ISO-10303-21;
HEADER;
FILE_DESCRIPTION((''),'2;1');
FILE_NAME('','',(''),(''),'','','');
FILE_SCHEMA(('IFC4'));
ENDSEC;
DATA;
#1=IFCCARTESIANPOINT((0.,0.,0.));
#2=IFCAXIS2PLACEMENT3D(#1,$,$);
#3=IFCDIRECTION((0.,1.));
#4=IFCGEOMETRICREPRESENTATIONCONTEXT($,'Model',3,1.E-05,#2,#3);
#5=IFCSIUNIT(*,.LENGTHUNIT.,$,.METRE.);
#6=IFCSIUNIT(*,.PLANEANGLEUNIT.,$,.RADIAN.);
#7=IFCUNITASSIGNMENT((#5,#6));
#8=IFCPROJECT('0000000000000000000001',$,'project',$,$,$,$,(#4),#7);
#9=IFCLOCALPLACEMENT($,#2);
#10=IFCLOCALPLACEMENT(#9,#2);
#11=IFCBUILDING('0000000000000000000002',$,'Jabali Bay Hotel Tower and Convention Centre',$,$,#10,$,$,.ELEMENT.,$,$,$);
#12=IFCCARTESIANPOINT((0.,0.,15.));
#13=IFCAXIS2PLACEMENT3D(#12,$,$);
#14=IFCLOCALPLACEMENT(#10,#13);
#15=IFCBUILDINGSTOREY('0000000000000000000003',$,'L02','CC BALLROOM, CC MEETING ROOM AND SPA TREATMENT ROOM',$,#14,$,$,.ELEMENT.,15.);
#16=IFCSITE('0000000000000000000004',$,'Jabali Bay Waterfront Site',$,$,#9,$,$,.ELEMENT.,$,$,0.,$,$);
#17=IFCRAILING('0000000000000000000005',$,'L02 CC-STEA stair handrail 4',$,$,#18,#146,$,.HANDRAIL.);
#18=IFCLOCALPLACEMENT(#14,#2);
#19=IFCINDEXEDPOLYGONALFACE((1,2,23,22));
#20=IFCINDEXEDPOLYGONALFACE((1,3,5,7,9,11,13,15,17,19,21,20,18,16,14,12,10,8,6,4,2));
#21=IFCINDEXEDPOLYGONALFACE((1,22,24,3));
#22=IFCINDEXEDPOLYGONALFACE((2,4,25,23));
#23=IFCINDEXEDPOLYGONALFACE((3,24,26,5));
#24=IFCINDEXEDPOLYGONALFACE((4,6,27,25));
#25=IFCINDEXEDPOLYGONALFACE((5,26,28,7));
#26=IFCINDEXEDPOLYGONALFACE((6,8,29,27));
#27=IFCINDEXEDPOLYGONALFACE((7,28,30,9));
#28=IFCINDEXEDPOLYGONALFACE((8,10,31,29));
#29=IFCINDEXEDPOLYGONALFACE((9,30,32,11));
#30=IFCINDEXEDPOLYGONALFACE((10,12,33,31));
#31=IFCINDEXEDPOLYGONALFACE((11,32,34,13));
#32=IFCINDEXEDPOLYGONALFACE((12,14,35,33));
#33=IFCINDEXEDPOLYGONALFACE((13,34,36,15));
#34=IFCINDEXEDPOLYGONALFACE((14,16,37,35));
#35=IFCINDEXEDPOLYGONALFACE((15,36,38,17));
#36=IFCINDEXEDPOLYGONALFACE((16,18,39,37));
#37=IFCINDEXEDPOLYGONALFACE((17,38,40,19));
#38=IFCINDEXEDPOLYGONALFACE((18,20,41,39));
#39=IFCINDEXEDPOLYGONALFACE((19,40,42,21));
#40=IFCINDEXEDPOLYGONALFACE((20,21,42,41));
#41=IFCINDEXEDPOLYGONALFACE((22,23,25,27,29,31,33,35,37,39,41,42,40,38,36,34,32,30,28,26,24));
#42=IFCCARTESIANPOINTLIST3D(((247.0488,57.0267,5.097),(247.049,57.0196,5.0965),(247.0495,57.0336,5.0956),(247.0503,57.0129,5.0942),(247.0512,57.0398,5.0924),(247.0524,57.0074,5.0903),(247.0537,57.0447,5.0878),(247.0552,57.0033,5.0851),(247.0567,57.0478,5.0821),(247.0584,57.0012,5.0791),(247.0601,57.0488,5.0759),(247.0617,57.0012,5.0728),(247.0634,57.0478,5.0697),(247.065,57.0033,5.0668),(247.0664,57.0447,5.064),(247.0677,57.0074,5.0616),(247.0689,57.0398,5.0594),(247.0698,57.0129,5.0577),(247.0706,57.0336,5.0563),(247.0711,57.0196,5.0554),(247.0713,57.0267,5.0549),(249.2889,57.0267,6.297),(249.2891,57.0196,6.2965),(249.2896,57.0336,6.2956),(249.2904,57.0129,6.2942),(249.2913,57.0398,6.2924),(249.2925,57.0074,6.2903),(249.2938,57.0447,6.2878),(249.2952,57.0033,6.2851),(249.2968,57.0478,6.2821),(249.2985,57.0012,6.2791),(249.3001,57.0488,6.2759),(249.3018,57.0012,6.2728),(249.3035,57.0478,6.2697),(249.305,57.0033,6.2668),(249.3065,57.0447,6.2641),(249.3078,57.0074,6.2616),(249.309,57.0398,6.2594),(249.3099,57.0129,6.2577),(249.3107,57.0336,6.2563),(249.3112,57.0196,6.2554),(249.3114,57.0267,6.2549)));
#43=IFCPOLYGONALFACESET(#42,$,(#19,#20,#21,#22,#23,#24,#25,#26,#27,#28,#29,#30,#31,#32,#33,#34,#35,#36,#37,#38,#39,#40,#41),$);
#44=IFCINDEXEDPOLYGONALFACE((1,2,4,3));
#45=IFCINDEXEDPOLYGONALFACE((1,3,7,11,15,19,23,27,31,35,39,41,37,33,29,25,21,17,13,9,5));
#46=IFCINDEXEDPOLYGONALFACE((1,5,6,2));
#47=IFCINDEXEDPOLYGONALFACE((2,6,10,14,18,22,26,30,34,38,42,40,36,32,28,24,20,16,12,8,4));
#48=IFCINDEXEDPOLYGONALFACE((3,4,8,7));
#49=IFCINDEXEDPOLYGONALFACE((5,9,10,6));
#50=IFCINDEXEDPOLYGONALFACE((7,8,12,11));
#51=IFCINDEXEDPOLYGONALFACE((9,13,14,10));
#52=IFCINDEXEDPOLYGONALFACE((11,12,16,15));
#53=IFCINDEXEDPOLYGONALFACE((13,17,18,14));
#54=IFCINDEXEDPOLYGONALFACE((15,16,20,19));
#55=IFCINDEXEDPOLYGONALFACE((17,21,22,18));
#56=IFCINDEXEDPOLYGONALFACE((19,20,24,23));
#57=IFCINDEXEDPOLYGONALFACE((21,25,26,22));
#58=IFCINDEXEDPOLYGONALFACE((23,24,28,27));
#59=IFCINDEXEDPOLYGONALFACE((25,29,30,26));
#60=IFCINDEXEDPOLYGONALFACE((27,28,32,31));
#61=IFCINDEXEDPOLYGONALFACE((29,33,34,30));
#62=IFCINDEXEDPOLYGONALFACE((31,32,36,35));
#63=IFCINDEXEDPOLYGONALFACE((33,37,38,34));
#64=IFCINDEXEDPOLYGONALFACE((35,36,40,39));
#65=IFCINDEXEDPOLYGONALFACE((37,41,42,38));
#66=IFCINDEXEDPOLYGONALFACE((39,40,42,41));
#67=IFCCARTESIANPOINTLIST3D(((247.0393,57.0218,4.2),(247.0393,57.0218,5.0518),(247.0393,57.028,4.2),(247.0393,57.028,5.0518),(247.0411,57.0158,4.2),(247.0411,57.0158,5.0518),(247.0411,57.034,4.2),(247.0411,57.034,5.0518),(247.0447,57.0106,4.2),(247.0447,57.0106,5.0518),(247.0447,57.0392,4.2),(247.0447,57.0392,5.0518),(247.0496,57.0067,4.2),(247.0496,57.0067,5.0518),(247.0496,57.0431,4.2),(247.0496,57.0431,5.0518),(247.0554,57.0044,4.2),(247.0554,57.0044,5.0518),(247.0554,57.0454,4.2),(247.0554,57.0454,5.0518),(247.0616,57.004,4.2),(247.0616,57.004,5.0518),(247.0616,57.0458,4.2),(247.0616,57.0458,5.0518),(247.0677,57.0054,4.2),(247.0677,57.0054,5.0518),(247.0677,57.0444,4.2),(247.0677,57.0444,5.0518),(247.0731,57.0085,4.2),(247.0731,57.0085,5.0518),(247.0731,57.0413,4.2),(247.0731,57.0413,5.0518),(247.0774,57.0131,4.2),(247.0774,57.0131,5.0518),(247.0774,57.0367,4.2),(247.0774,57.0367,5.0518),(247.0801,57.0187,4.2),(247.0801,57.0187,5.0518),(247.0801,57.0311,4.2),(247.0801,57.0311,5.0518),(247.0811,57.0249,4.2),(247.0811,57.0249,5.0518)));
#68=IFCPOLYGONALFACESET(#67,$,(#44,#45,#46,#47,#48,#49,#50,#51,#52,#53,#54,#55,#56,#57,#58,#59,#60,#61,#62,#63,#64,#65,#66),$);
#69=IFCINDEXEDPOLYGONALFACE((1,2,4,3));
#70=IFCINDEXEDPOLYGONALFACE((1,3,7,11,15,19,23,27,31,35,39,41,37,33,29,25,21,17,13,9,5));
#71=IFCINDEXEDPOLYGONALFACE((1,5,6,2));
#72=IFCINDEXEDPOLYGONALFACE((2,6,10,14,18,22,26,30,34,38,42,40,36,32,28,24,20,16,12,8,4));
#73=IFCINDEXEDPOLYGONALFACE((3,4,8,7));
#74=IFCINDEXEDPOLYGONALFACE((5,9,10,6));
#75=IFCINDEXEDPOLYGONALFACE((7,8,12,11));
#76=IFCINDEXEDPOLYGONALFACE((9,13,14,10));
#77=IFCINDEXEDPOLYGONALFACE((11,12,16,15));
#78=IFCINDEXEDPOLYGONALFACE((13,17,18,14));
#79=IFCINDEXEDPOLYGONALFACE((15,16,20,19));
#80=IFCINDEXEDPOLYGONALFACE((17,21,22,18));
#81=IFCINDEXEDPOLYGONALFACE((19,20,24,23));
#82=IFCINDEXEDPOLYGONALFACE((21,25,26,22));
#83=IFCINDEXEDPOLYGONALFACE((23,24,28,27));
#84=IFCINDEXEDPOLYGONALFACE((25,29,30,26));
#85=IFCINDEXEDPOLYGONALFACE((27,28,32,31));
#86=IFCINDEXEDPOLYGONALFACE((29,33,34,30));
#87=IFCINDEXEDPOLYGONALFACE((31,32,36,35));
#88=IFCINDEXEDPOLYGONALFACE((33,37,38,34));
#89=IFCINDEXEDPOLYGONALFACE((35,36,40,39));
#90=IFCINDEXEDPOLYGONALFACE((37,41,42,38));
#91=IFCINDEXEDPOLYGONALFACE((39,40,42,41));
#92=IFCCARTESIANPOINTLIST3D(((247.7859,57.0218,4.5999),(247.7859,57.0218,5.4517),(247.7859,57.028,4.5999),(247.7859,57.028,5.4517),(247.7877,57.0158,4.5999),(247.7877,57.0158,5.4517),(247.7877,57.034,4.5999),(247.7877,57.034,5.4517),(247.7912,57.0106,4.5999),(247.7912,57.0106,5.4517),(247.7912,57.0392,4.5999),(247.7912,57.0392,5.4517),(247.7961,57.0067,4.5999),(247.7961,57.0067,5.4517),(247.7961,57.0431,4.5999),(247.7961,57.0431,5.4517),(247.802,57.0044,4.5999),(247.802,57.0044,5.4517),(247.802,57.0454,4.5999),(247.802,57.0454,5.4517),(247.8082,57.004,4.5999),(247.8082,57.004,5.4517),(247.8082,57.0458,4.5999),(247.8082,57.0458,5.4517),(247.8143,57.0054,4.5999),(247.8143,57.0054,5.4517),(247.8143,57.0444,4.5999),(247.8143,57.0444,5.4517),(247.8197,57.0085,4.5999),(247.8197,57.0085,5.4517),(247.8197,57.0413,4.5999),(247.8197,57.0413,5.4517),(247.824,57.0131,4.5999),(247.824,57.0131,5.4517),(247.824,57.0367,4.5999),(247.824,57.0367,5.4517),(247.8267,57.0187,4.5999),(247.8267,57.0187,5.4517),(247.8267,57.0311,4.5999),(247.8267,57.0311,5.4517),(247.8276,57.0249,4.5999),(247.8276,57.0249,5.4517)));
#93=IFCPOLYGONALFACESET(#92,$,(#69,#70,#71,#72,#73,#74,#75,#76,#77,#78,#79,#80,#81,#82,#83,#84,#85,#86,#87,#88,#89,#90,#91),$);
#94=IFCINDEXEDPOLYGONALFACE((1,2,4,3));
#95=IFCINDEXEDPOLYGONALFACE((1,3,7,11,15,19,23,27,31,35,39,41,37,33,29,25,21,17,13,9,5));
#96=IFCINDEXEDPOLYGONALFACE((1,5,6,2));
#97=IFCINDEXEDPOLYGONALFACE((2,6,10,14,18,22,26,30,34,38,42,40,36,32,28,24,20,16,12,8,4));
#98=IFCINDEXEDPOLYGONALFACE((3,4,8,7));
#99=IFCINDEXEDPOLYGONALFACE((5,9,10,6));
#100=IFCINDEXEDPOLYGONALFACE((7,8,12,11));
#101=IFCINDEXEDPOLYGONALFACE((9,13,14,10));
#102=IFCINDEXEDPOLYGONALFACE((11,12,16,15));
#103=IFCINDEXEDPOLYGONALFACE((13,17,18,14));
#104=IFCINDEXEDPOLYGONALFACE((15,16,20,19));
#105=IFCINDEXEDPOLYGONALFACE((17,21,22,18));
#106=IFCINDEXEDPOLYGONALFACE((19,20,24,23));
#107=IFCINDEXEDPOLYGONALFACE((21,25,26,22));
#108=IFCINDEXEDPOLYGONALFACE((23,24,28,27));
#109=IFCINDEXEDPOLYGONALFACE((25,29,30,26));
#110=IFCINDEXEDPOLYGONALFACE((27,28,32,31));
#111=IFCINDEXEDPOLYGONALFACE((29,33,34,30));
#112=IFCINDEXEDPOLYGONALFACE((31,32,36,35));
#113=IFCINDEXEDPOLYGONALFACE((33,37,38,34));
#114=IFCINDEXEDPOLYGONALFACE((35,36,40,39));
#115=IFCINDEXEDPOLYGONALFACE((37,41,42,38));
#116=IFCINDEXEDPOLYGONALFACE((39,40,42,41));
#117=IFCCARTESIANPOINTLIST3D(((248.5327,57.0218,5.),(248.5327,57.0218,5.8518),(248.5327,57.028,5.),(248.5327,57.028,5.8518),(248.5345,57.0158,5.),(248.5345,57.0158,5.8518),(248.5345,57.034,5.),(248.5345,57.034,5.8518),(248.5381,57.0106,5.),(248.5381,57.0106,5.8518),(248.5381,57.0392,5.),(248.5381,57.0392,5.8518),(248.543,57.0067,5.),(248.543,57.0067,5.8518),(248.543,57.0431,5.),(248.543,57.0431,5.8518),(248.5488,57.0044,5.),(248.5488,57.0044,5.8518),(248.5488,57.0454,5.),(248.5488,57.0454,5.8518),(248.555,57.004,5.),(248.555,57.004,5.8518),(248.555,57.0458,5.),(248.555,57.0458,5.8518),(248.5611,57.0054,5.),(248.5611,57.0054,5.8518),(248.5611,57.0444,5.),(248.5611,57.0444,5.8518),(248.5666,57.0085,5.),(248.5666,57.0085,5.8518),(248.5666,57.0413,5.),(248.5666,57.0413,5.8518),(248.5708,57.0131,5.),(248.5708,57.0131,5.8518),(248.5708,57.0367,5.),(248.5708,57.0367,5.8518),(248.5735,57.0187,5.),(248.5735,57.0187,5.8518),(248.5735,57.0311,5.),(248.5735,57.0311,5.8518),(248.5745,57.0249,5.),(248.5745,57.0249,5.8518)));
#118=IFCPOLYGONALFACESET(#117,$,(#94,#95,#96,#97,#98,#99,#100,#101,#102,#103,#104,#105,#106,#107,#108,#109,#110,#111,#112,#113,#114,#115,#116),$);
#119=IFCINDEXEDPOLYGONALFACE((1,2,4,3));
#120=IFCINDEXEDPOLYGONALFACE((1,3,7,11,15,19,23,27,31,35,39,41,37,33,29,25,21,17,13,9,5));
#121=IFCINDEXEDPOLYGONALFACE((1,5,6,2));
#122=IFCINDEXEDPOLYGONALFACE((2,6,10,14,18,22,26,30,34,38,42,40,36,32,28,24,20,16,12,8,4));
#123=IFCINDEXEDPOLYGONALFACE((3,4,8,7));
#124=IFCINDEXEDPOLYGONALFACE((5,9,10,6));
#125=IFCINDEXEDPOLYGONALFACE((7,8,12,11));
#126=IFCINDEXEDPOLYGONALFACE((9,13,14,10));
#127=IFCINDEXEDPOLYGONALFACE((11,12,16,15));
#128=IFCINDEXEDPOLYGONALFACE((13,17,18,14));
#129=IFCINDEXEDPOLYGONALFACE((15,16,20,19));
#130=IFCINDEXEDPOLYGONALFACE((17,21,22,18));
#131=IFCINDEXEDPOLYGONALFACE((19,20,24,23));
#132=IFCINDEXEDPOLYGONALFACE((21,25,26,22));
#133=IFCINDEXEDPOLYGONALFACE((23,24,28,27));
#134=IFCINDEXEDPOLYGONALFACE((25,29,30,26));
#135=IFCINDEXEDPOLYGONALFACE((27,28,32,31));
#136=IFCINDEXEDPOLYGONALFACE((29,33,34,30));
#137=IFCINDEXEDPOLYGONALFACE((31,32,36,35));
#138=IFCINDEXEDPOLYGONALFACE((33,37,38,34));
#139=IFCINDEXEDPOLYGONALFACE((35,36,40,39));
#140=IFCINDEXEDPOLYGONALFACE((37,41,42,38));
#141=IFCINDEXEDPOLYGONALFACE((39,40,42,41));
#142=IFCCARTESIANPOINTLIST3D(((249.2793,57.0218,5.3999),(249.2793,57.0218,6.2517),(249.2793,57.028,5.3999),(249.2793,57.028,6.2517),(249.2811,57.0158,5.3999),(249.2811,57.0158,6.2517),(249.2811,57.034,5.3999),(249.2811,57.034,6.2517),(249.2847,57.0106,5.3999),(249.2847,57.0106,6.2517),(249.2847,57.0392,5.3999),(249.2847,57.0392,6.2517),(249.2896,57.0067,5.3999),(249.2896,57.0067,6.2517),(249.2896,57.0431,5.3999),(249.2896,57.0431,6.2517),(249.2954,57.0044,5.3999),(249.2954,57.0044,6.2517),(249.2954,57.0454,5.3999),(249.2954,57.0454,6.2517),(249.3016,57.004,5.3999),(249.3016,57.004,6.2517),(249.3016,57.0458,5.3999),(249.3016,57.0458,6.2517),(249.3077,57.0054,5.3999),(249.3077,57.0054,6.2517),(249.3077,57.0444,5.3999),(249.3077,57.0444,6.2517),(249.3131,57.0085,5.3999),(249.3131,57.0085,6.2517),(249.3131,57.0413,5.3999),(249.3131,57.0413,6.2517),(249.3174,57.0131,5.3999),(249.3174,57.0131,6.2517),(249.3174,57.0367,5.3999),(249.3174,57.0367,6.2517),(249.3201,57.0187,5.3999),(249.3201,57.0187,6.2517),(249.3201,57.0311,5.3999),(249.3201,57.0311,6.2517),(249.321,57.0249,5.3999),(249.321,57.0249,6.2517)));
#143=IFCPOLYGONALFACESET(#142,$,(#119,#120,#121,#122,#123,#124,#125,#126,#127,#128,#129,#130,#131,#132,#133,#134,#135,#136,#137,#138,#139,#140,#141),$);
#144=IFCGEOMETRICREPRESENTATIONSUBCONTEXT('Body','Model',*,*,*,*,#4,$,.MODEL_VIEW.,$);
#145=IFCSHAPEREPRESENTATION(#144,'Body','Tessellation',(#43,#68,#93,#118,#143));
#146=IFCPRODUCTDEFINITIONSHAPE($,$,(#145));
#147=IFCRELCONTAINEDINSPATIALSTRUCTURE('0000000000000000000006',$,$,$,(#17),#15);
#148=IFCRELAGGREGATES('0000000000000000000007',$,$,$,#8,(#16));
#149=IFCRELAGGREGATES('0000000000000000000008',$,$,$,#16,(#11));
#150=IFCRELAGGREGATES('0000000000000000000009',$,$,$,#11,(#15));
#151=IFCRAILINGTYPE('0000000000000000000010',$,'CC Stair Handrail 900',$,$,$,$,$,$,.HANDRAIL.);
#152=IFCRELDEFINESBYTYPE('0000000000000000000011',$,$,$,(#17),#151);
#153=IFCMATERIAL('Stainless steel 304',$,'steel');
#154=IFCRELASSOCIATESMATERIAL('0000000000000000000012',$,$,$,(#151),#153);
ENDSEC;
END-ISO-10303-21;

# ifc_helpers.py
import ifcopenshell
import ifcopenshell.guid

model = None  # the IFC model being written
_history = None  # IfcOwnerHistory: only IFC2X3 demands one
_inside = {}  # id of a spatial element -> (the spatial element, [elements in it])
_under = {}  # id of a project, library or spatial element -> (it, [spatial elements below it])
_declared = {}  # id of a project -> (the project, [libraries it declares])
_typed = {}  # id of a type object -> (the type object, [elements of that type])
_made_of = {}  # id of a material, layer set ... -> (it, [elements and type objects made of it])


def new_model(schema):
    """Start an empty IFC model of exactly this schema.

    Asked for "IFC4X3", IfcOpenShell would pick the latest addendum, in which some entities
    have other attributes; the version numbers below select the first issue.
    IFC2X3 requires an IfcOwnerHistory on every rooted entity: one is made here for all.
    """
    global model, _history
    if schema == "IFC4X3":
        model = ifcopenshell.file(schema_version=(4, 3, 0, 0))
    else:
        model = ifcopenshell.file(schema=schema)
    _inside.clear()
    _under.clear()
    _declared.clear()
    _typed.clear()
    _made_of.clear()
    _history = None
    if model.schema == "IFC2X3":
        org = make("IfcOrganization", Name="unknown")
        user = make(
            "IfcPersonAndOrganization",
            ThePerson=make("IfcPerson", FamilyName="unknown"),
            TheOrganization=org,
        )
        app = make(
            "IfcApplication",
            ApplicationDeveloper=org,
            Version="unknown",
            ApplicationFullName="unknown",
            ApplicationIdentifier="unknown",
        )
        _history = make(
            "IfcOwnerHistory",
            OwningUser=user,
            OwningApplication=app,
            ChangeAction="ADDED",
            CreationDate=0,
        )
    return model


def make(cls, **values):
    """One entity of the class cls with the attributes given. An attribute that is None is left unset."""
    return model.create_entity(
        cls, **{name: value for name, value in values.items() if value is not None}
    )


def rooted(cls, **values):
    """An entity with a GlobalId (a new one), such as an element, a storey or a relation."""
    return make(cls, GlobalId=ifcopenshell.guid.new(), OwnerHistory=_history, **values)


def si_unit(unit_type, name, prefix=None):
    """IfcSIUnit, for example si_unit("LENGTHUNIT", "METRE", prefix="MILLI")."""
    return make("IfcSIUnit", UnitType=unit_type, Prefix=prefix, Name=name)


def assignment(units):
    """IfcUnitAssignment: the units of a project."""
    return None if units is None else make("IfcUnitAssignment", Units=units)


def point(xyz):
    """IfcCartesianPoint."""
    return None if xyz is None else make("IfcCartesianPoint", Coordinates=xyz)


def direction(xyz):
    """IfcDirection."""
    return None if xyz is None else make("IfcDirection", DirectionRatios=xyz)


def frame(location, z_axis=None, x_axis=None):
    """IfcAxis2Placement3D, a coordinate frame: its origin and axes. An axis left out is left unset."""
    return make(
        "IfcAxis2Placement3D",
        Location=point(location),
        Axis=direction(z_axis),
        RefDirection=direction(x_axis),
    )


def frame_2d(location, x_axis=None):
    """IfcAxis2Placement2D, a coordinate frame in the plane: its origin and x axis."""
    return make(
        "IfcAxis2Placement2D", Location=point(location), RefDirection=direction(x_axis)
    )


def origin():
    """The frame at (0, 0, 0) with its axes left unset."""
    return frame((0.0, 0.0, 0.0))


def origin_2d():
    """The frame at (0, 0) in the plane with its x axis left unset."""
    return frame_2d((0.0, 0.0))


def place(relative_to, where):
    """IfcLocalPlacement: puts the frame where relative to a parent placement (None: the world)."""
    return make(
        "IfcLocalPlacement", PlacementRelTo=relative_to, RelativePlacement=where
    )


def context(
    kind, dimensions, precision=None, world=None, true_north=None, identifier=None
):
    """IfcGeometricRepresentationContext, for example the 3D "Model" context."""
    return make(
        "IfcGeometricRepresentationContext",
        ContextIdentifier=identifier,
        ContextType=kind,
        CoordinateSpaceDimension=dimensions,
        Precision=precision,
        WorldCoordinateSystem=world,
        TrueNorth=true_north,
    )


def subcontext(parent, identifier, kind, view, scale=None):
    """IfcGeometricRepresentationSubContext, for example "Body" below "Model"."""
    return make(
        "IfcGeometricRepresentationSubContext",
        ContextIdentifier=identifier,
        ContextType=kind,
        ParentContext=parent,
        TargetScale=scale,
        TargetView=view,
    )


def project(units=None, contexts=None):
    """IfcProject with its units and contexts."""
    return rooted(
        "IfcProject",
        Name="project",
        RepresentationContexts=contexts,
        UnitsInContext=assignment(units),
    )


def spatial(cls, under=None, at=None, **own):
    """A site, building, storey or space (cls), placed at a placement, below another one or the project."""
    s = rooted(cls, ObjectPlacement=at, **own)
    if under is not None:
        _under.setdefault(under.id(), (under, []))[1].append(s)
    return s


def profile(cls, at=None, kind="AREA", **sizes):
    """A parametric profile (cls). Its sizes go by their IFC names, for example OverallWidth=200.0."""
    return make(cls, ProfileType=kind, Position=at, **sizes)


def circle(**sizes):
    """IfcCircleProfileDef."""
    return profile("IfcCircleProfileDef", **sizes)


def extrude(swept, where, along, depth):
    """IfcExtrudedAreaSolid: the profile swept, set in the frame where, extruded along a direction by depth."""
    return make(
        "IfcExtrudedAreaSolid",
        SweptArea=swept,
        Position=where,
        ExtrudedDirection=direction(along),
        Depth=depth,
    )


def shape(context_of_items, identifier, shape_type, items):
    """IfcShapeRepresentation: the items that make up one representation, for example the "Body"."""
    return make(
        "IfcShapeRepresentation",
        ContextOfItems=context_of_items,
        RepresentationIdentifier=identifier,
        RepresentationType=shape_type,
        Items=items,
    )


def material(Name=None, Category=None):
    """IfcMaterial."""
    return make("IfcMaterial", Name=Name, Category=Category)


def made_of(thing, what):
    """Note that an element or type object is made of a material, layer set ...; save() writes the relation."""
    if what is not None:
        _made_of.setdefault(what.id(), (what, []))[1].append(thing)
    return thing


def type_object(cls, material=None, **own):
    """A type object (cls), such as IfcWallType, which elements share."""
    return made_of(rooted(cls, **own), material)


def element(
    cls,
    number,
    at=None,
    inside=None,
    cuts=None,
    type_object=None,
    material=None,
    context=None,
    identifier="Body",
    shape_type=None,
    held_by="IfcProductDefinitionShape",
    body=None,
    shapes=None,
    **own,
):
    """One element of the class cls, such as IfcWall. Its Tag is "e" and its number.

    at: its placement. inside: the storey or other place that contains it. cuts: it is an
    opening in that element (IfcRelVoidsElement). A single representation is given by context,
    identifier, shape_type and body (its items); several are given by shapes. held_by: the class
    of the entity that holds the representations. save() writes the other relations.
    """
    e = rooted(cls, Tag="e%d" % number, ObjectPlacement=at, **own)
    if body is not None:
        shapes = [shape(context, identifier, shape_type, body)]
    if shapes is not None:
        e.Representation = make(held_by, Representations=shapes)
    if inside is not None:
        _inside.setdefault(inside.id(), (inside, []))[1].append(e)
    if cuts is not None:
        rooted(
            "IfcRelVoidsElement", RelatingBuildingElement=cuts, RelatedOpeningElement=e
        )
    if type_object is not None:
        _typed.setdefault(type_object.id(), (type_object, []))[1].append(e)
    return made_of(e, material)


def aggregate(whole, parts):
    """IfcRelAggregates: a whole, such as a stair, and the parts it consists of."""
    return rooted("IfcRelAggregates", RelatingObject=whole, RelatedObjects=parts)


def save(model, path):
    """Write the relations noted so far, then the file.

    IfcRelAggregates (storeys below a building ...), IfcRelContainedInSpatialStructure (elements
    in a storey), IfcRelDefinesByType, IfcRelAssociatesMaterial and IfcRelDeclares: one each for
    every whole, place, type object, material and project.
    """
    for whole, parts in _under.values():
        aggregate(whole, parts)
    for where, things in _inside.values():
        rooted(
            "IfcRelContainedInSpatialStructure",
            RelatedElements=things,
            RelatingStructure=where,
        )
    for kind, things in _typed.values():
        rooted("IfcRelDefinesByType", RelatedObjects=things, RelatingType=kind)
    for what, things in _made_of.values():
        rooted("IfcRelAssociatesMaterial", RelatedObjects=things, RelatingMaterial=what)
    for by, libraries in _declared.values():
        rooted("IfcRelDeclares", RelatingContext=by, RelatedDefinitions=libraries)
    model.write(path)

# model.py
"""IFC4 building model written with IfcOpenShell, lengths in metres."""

from ifc_helpers import new_model, si_unit, direction, frame, origin, origin_2d, place, context, subcontext, project, spatial, circle, extrude, material, type_object, element, save


model = new_model("IFC4")

# Units and contexts
model_context = context("Model", 3, precision=1e-05, world=origin(), true_north=direction((0.0, 1.0)))
body_context = subcontext(model_context, "Body", "Model", "MODEL_VIEW")
ifc_project = project(units=[si_unit("LENGTHUNIT", "METRE"), si_unit("PLANEANGLEUNIT", "RADIAN")], contexts=[model_context])

# Site, building, storey
site_placement = place(None, origin())
site = spatial("IfcSite", under=ifc_project, at=site_placement, Name="Jabali Bay Waterfront Site", CompositionType="ELEMENT", RefElevation=0.0)
building_placement = place(site_placement, origin())
building = spatial("IfcBuilding", under=site, at=building_placement, Name="Jabali Bay Hotel Tower and Convention Centre", CompositionType="ELEMENT")
storey_placement = place(building_placement, frame((0.0, 0.0, 15.0)))
storey = spatial("IfcBuildingStorey", under=building, at=storey_placement, Name="L02", Description="CC BALLROOM, CC MEETING ROOM AND SPA TREATMENT ROOM", CompositionType="ELEMENT", Elevation=15.0)

# Railing
ifc_material_1 = material(Name="Stainless steel 304", Category="steel")
railing_type_1 = type_object("IfcRailingType", Name="CC Stair Handrail 900", PredefinedType="HANDRAIL", material=ifc_material_1)
for number, where, name in (
    (1, (247.0601, 57.0249, 4.2), "L02 CC-STEA stair handrail 4"),
):
    element("IfcRailing", number, at=place(storey_placement, frame(where)), inside=storey, type_object=railing_type_1, Name=name, PredefinedType="HANDRAIL", context=body_context, shape_type="SweptSolid", body=[
        extrude(circle(Radius=0.0239, at=origin_2d()), frame((0.0, 0.0, 0.876), z_axis=(0.881487, 0.0, 0.472208), x_axis=(0.0, 1.0, 0.0)), (0.0, 0.0, 1.0), 2.5413),
        extrude(circle(Radius=0.021, at=origin_2d()), origin(), (0.0, 0.0, 1.0), 0.8518),
        extrude(circle(Radius=0.021, at=origin_2d()), frame((0.7466, 0.0, 0.3999)), (0.0, 0.0, 1.0), 0.8518),
        extrude(circle(Radius=0.021, at=origin_2d()), frame((1.4934, 0.0, 0.8)), (0.0, 0.0, 1.0), 0.8518),
        extrude(circle(Radius=0.021, at=origin_2d()), frame((2.24, 0.0, 1.2)), (0.0, 0.0, 1.0), 0.8518),
    ])

save(model, "model.ifc")
